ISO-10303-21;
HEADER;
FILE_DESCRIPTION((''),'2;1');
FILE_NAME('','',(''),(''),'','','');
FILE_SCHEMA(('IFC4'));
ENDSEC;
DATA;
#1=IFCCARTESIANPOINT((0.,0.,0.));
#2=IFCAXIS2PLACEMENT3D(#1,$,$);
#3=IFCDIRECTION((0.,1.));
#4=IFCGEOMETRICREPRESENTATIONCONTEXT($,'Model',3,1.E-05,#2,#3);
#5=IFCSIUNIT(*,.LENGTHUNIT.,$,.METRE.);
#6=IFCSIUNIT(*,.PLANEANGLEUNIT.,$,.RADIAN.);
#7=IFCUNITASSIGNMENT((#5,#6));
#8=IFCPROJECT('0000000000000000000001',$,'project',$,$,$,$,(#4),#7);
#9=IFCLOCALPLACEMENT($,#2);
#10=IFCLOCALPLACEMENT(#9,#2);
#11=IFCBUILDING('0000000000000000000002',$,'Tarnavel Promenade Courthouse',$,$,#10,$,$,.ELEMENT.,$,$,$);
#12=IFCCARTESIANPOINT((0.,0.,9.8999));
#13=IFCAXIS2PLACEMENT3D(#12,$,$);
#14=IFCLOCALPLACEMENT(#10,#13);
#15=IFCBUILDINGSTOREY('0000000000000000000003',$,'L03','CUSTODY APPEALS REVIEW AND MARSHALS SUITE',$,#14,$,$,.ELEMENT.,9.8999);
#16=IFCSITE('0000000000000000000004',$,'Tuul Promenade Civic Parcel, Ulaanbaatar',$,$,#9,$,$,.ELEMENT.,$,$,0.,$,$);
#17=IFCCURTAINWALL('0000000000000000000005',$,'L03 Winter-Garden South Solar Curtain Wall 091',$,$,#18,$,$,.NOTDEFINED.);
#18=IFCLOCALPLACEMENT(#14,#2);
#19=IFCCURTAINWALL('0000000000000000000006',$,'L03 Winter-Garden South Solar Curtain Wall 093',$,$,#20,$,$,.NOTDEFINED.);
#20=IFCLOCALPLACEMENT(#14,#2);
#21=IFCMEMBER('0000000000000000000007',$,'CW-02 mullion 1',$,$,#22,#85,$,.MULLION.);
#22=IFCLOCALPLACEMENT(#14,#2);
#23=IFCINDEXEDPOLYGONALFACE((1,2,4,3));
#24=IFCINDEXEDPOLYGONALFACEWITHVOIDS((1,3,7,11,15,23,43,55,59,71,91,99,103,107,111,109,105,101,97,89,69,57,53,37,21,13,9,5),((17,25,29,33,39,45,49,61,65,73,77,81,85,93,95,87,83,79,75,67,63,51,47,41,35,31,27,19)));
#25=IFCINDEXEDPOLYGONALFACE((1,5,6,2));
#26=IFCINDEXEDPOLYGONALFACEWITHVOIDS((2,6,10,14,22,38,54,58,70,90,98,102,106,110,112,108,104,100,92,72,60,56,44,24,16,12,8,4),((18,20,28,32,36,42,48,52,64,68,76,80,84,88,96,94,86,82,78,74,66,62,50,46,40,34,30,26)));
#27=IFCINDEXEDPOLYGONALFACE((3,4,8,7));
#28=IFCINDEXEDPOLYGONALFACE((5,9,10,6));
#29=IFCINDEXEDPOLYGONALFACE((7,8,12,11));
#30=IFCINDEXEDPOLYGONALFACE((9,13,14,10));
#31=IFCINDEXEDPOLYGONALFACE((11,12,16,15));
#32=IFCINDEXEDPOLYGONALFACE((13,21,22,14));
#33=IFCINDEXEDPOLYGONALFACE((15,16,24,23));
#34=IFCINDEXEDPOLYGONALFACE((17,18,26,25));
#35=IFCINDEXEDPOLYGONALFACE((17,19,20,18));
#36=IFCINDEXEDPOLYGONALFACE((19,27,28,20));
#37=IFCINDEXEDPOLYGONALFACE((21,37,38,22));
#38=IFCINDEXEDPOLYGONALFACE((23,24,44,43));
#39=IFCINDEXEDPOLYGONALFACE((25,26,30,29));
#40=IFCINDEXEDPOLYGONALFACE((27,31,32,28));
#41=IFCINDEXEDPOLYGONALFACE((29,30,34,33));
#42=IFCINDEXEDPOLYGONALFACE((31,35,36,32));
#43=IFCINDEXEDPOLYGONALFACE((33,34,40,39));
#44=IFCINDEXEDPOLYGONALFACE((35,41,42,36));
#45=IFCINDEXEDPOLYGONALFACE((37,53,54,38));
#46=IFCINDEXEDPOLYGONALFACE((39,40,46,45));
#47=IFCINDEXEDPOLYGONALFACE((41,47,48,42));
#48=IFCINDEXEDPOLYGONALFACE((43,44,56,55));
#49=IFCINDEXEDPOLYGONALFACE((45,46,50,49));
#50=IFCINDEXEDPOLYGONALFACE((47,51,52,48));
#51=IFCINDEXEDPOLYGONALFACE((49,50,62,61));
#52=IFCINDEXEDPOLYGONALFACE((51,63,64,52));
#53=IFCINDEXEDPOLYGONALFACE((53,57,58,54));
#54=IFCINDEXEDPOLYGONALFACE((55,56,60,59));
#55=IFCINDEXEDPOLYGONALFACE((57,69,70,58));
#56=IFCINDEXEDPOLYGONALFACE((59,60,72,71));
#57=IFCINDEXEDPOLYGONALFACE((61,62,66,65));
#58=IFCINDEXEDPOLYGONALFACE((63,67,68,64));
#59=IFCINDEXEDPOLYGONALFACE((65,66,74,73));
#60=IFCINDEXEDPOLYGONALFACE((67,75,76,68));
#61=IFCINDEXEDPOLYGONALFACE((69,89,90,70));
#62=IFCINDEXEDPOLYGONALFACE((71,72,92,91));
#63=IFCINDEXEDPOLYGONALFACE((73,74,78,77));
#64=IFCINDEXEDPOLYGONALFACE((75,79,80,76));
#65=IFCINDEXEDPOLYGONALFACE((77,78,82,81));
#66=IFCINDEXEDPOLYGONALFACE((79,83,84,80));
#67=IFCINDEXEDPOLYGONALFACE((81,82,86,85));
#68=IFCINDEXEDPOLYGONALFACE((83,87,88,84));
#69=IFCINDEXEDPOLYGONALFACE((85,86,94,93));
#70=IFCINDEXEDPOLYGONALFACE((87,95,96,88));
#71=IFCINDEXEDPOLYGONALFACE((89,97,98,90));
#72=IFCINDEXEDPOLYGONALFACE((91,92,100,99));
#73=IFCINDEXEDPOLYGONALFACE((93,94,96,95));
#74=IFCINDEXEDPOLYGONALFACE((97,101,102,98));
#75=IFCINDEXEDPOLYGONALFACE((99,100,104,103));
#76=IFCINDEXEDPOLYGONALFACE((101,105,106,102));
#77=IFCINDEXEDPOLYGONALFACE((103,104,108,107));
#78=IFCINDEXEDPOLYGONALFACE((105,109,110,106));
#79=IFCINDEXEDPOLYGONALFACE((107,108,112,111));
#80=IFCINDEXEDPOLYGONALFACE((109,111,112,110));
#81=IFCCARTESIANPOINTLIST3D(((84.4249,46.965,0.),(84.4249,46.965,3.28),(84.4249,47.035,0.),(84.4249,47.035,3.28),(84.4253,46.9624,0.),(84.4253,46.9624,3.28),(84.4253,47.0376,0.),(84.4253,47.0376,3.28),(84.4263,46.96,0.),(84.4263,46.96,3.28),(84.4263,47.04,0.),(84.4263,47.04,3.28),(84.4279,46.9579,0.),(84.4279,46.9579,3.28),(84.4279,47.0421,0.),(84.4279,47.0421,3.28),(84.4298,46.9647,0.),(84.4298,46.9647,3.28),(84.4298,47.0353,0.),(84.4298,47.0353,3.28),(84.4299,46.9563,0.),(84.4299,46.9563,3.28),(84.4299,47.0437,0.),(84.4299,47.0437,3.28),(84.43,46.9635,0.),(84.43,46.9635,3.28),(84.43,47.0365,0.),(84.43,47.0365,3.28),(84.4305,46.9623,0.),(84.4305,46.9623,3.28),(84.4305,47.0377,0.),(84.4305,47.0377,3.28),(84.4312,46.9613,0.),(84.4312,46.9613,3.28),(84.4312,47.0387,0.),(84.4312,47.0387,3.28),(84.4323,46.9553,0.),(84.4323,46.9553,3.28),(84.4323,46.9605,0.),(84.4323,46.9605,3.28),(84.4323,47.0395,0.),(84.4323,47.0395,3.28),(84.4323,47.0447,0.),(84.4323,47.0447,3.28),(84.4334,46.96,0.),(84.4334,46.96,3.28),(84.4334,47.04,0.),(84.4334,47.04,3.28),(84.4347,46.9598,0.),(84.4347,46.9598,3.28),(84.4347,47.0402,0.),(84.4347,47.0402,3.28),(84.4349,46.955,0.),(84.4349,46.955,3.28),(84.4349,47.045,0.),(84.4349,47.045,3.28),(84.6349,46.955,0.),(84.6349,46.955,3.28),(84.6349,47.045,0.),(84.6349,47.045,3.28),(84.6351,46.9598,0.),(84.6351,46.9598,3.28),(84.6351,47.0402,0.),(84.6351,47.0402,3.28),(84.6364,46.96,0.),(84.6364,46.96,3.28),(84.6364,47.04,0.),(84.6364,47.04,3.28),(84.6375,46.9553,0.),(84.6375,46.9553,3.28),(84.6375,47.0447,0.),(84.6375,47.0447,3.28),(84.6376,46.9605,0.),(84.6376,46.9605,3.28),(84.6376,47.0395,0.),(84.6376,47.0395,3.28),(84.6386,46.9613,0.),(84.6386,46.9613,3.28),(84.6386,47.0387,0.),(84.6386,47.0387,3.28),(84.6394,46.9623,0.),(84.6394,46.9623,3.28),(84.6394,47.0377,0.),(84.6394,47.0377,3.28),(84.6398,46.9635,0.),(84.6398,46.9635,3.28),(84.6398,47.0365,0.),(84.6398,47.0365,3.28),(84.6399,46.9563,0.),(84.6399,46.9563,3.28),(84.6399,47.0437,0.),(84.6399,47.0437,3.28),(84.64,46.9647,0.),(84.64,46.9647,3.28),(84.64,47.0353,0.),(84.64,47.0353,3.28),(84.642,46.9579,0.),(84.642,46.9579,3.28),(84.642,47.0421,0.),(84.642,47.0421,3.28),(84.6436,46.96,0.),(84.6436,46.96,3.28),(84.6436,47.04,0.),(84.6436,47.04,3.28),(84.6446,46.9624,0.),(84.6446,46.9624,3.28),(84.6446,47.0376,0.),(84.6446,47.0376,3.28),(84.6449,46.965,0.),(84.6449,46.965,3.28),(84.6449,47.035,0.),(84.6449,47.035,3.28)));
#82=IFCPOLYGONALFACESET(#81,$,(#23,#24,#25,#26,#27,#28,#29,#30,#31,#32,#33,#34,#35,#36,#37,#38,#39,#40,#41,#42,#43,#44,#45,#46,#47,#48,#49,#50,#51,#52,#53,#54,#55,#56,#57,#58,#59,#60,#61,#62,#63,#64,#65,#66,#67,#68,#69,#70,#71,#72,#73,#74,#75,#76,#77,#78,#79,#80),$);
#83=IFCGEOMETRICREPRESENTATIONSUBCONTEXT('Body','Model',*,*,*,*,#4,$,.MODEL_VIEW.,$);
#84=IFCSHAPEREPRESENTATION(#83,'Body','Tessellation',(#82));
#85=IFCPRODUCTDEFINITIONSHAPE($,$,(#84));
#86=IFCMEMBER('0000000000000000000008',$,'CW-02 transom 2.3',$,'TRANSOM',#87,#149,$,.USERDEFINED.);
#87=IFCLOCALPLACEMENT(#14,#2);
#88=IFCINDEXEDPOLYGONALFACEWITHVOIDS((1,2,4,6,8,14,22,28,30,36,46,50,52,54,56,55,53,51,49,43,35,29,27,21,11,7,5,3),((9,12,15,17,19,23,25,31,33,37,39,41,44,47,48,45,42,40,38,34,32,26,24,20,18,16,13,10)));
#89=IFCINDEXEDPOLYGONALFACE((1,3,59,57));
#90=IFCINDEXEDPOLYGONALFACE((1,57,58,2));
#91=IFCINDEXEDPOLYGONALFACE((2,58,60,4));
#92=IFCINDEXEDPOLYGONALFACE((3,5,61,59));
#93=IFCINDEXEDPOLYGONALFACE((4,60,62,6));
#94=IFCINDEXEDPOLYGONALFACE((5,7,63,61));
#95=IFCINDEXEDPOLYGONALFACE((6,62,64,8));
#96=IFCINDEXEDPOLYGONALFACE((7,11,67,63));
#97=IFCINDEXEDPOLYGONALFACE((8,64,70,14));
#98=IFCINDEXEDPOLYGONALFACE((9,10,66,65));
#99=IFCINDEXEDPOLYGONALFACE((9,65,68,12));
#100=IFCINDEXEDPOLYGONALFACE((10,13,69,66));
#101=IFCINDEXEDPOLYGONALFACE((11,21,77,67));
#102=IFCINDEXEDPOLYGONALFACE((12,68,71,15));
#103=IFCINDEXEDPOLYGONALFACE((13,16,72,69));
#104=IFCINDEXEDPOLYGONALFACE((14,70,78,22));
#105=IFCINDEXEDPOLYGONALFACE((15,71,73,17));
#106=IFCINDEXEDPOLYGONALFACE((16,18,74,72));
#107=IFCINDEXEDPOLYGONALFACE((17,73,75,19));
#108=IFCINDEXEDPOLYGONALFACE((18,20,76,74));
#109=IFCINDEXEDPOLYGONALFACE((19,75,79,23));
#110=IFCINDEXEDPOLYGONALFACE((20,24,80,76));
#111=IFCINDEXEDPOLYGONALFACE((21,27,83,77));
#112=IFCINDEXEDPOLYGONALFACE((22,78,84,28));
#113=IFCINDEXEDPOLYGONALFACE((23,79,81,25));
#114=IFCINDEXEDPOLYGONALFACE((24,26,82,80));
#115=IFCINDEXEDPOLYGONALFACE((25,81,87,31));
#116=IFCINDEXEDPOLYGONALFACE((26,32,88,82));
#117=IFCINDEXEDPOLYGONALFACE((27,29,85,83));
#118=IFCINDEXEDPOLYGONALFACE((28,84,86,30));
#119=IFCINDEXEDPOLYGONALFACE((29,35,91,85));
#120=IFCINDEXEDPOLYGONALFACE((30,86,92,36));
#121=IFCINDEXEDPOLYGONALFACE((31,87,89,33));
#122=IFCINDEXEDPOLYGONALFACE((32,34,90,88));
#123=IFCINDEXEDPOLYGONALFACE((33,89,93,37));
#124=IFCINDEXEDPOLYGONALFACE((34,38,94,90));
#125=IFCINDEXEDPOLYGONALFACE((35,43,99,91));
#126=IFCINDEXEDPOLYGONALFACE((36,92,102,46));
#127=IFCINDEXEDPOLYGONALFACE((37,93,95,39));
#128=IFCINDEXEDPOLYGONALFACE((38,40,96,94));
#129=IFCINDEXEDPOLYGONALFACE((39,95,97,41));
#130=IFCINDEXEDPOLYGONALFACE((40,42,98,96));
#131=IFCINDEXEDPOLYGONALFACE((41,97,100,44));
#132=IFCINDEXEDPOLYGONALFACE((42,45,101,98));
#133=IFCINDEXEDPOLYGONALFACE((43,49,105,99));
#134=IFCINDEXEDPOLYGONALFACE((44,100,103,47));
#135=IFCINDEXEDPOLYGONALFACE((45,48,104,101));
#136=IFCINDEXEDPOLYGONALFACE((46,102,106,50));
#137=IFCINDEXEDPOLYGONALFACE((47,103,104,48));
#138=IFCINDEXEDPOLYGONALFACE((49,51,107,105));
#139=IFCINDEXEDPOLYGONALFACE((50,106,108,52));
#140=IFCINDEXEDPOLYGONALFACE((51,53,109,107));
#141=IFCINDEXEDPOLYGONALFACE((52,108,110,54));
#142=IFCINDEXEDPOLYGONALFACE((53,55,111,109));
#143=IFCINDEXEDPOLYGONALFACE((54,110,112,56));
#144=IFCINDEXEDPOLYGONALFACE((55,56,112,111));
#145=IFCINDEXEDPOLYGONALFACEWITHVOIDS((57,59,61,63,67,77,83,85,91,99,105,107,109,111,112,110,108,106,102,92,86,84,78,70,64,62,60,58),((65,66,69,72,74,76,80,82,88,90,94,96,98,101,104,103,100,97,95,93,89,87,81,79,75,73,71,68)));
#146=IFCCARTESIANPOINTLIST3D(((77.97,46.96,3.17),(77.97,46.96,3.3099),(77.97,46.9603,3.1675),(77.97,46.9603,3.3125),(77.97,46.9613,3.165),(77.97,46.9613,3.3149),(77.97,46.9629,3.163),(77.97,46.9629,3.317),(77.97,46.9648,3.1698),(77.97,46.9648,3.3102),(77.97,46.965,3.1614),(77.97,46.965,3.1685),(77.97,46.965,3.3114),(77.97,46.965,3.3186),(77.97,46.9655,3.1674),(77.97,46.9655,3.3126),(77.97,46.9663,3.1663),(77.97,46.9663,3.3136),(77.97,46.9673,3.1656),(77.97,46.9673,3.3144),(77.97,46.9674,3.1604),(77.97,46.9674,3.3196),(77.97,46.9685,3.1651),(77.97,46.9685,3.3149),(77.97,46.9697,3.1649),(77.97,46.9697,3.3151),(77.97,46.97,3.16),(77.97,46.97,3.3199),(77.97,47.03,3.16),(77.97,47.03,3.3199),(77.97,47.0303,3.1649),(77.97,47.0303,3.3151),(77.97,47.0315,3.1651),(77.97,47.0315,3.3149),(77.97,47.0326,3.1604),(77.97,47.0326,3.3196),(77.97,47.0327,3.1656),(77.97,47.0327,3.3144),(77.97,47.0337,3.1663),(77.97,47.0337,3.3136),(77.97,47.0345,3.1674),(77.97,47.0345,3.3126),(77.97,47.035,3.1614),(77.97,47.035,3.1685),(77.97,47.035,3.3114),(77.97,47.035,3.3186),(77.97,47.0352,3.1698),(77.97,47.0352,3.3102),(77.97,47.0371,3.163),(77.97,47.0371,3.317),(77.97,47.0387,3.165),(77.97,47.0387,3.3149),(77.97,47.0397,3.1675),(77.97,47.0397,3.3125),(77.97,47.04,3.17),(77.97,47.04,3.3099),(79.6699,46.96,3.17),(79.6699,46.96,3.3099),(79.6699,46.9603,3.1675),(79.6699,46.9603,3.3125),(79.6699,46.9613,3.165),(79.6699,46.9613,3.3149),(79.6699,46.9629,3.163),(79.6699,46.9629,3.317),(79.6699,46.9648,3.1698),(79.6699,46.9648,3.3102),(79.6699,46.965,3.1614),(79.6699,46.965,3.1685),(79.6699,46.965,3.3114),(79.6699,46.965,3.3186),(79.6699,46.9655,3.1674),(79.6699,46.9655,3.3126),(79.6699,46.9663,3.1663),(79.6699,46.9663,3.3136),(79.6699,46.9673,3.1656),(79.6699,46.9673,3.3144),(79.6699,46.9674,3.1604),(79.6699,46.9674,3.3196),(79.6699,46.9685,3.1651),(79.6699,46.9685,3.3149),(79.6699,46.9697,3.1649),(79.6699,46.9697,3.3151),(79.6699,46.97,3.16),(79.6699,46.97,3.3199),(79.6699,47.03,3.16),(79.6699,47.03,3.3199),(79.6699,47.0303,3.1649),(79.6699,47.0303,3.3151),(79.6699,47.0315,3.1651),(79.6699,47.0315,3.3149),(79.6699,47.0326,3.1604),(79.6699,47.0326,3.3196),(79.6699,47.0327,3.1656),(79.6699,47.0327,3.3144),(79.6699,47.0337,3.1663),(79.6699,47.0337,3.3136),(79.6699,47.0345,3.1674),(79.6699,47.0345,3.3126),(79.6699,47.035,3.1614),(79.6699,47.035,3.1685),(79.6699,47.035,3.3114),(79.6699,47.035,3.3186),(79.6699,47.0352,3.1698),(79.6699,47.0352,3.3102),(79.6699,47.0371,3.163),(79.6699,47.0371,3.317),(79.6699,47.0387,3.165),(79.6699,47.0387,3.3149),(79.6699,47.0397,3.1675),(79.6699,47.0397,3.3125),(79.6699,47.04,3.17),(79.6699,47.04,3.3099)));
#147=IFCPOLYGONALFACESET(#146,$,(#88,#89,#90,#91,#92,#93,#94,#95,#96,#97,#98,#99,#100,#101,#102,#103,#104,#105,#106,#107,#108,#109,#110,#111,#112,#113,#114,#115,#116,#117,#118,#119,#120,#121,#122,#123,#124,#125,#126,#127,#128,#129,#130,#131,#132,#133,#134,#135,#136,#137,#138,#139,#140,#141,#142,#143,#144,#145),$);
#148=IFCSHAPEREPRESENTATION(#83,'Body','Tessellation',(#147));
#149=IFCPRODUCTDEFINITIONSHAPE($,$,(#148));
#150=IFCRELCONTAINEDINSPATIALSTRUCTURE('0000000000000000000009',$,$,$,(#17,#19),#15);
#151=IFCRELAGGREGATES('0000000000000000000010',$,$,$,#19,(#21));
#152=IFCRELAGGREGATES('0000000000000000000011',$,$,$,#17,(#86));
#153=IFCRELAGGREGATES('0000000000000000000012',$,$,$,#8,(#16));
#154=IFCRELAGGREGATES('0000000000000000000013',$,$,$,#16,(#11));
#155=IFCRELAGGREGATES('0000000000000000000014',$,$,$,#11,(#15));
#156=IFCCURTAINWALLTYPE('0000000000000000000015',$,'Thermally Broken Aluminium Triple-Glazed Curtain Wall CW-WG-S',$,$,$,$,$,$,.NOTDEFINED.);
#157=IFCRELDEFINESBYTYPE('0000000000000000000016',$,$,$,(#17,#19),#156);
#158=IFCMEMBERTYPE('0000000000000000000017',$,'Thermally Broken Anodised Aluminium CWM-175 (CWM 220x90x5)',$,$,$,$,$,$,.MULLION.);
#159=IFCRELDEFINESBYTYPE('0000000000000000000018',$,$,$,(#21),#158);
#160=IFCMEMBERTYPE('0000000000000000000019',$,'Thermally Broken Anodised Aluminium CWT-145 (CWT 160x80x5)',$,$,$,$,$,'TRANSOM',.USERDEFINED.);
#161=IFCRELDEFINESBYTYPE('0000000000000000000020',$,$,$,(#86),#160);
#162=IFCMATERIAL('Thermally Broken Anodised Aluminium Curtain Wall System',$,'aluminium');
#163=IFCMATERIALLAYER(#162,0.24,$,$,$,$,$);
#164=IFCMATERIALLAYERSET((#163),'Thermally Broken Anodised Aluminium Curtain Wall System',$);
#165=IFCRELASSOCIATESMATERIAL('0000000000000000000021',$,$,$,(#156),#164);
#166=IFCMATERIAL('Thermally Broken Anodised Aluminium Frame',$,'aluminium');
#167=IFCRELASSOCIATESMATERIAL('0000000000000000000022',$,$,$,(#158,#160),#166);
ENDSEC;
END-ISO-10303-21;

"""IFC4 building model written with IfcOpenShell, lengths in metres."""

from ifc_helpers import new_model, si_unit, direction, frame, origin, origin_2d, place, context, subcontext, project, spatial, hollow_rectangle, extrude, material, layer, layer_set, material_profile, profile_set, type_object, element, aggregate, save


model = new_model("IFC4")

# Units and contexts
model_context = context("Model", 3, precision=1e-05, world=origin(), true_north=direction((0.0, 1.0)))
body_context = subcontext(model_context, "Body", "Model", "MODEL_VIEW")
ifc_project = project(units=[si_unit("LENGTHUNIT", "METRE"), si_unit("PLANEANGLEUNIT", "RADIAN")], contexts=[model_context])

# Site, building, storey
site_placement = place(None, origin())
site = spatial("IfcSite", under=ifc_project, at=site_placement, Name="Tuul Promenade Civic Parcel, Ulaanbaatar", CompositionType="ELEMENT", RefElevation=0.0)
building_placement = place(site_placement, origin())
building = spatial("IfcBuilding", under=site, at=building_placement, Name="Tarnavel Promenade Courthouse", CompositionType="ELEMENT")
storey_placement = place(building_placement, frame((0.0, 0.0, 9.8999)))
storey = spatial("IfcBuildingStorey", under=building, at=storey_placement, Name="L03", Description="CUSTODY APPEALS REVIEW AND MARSHALS SUITE", CompositionType="ELEMENT", Elevation=9.8999)

# Curtain wall
ifc_material_1 = material(Name="Thermally Broken Anodised Aluminium Curtain Wall System", Category="aluminium")
ifc_layer_1 = layer(ifc_material_1, 0.24)
ifc_layer_set_1 = layer_set([ifc_layer_1], Name="Thermally Broken Anodised Aluminium Curtain Wall System")
curtain_wall_type = type_object("IfcCurtainWallType", Name="Thermally Broken Aluminium Triple-Glazed Curtain Wall CW-WG-S", PredefinedType="NOTDEFINED", material=ifc_layer_set_1)
curtain_wall_1_placement = place(storey_placement, origin())
curtain_wall_1 = element("IfcCurtainWall", 1, at=curtain_wall_1_placement, inside=storey, type_object=curtain_wall_type, Name="L03 Winter-Garden South Solar Curtain Wall 091", PredefinedType="NOTDEFINED")
ifc_material_2 = material(Name="Thermally Broken Anodised Aluminium Frame", Category="aluminium")
ifc_material_profile_1 = material_profile(ifc_material_2, hollow_rectangle(XDim=0.0901, YDim=0.22, WallThickness=0.0049, InnerFilletRadius=0.0049, OuterFilletRadius=0.01, at=origin_2d()), Name="CWM 220x90x5")
ifc_profile_set_1 = profile_set([ifc_material_profile_1], Name="Thermally Broken Anodised Aluminium Frame")
member_type_1 = type_object("IfcMemberType", Name="Thermally Broken Anodised Aluminium CWM-175 (CWM 220x90x5)", PredefinedType="MULLION", material=ifc_profile_set_1)

# Curtain wall, member
curtain_wall_2_placement = place(storey_placement, origin())
curtain_wall_2 = element("IfcCurtainWall", 2, at=curtain_wall_2_placement, inside=storey, type_object=curtain_wall_type, Name="L03 Winter-Garden South Solar Curtain Wall 093", PredefinedType="NOTDEFINED")
member_1_placement = place(storey_placement, frame((84.5349, 47.0, 0.0), z_axis=(0.0, 0.0, 1.0), x_axis=(0.0, 1.0, 0.0)))
member_1 = element("IfcMember", 3, at=member_1_placement, type_object=member_type_1, Name="CW-02 mullion 1", PredefinedType="MULLION", context=body_context, shape_type="SweptSolid", body=[
    extrude(hollow_rectangle(XDim=0.0901, YDim=0.22, WallThickness=0.0049, InnerFilletRadius=0.0049, OuterFilletRadius=0.01, at=origin_2d()), origin(), (0.0, 0.0, 1.0), 3.28),
])

# Member
ifc_material_profile_2 = material_profile(ifc_material_2, hollow_rectangle(XDim=0.0801, YDim=0.1599, WallThickness=0.0049, InnerFilletRadius=0.0049, OuterFilletRadius=0.01, at=origin_2d()), Name="CWT 160x80x5")
ifc_profile_set_2 = profile_set([ifc_material_profile_2], Name="Thermally Broken Anodised Aluminium Frame")
member_type_2 = type_object("IfcMemberType", Name="Thermally Broken Anodised Aluminium CWT-145 (CWT 160x80x5)", ElementType="TRANSOM", PredefinedType="USERDEFINED", material=ifc_profile_set_2)
member_2_placement = place(storey_placement, frame((77.97, 47.0, 3.24), z_axis=(1.0, 0.0, 0.0), x_axis=(0.0, 1.0, 0.0)))
member_2 = element("IfcMember", 4, at=member_2_placement, type_object=member_type_2, Name="CW-02 transom 2.3", ObjectType="TRANSOM", PredefinedType="USERDEFINED", context=body_context, shape_type="SweptSolid", body=[
    extrude(hollow_rectangle(XDim=0.0801, YDim=0.1599, WallThickness=0.0049, InnerFilletRadius=0.0049, OuterFilletRadius=0.01, at=origin_2d()), origin(), (0.0, 0.0, 1.0), 1.7),
])
aggregate(curtain_wall_2, [member_1])

aggregate(curtain_wall_1, [member_2])

save(model, "model.ifc")
